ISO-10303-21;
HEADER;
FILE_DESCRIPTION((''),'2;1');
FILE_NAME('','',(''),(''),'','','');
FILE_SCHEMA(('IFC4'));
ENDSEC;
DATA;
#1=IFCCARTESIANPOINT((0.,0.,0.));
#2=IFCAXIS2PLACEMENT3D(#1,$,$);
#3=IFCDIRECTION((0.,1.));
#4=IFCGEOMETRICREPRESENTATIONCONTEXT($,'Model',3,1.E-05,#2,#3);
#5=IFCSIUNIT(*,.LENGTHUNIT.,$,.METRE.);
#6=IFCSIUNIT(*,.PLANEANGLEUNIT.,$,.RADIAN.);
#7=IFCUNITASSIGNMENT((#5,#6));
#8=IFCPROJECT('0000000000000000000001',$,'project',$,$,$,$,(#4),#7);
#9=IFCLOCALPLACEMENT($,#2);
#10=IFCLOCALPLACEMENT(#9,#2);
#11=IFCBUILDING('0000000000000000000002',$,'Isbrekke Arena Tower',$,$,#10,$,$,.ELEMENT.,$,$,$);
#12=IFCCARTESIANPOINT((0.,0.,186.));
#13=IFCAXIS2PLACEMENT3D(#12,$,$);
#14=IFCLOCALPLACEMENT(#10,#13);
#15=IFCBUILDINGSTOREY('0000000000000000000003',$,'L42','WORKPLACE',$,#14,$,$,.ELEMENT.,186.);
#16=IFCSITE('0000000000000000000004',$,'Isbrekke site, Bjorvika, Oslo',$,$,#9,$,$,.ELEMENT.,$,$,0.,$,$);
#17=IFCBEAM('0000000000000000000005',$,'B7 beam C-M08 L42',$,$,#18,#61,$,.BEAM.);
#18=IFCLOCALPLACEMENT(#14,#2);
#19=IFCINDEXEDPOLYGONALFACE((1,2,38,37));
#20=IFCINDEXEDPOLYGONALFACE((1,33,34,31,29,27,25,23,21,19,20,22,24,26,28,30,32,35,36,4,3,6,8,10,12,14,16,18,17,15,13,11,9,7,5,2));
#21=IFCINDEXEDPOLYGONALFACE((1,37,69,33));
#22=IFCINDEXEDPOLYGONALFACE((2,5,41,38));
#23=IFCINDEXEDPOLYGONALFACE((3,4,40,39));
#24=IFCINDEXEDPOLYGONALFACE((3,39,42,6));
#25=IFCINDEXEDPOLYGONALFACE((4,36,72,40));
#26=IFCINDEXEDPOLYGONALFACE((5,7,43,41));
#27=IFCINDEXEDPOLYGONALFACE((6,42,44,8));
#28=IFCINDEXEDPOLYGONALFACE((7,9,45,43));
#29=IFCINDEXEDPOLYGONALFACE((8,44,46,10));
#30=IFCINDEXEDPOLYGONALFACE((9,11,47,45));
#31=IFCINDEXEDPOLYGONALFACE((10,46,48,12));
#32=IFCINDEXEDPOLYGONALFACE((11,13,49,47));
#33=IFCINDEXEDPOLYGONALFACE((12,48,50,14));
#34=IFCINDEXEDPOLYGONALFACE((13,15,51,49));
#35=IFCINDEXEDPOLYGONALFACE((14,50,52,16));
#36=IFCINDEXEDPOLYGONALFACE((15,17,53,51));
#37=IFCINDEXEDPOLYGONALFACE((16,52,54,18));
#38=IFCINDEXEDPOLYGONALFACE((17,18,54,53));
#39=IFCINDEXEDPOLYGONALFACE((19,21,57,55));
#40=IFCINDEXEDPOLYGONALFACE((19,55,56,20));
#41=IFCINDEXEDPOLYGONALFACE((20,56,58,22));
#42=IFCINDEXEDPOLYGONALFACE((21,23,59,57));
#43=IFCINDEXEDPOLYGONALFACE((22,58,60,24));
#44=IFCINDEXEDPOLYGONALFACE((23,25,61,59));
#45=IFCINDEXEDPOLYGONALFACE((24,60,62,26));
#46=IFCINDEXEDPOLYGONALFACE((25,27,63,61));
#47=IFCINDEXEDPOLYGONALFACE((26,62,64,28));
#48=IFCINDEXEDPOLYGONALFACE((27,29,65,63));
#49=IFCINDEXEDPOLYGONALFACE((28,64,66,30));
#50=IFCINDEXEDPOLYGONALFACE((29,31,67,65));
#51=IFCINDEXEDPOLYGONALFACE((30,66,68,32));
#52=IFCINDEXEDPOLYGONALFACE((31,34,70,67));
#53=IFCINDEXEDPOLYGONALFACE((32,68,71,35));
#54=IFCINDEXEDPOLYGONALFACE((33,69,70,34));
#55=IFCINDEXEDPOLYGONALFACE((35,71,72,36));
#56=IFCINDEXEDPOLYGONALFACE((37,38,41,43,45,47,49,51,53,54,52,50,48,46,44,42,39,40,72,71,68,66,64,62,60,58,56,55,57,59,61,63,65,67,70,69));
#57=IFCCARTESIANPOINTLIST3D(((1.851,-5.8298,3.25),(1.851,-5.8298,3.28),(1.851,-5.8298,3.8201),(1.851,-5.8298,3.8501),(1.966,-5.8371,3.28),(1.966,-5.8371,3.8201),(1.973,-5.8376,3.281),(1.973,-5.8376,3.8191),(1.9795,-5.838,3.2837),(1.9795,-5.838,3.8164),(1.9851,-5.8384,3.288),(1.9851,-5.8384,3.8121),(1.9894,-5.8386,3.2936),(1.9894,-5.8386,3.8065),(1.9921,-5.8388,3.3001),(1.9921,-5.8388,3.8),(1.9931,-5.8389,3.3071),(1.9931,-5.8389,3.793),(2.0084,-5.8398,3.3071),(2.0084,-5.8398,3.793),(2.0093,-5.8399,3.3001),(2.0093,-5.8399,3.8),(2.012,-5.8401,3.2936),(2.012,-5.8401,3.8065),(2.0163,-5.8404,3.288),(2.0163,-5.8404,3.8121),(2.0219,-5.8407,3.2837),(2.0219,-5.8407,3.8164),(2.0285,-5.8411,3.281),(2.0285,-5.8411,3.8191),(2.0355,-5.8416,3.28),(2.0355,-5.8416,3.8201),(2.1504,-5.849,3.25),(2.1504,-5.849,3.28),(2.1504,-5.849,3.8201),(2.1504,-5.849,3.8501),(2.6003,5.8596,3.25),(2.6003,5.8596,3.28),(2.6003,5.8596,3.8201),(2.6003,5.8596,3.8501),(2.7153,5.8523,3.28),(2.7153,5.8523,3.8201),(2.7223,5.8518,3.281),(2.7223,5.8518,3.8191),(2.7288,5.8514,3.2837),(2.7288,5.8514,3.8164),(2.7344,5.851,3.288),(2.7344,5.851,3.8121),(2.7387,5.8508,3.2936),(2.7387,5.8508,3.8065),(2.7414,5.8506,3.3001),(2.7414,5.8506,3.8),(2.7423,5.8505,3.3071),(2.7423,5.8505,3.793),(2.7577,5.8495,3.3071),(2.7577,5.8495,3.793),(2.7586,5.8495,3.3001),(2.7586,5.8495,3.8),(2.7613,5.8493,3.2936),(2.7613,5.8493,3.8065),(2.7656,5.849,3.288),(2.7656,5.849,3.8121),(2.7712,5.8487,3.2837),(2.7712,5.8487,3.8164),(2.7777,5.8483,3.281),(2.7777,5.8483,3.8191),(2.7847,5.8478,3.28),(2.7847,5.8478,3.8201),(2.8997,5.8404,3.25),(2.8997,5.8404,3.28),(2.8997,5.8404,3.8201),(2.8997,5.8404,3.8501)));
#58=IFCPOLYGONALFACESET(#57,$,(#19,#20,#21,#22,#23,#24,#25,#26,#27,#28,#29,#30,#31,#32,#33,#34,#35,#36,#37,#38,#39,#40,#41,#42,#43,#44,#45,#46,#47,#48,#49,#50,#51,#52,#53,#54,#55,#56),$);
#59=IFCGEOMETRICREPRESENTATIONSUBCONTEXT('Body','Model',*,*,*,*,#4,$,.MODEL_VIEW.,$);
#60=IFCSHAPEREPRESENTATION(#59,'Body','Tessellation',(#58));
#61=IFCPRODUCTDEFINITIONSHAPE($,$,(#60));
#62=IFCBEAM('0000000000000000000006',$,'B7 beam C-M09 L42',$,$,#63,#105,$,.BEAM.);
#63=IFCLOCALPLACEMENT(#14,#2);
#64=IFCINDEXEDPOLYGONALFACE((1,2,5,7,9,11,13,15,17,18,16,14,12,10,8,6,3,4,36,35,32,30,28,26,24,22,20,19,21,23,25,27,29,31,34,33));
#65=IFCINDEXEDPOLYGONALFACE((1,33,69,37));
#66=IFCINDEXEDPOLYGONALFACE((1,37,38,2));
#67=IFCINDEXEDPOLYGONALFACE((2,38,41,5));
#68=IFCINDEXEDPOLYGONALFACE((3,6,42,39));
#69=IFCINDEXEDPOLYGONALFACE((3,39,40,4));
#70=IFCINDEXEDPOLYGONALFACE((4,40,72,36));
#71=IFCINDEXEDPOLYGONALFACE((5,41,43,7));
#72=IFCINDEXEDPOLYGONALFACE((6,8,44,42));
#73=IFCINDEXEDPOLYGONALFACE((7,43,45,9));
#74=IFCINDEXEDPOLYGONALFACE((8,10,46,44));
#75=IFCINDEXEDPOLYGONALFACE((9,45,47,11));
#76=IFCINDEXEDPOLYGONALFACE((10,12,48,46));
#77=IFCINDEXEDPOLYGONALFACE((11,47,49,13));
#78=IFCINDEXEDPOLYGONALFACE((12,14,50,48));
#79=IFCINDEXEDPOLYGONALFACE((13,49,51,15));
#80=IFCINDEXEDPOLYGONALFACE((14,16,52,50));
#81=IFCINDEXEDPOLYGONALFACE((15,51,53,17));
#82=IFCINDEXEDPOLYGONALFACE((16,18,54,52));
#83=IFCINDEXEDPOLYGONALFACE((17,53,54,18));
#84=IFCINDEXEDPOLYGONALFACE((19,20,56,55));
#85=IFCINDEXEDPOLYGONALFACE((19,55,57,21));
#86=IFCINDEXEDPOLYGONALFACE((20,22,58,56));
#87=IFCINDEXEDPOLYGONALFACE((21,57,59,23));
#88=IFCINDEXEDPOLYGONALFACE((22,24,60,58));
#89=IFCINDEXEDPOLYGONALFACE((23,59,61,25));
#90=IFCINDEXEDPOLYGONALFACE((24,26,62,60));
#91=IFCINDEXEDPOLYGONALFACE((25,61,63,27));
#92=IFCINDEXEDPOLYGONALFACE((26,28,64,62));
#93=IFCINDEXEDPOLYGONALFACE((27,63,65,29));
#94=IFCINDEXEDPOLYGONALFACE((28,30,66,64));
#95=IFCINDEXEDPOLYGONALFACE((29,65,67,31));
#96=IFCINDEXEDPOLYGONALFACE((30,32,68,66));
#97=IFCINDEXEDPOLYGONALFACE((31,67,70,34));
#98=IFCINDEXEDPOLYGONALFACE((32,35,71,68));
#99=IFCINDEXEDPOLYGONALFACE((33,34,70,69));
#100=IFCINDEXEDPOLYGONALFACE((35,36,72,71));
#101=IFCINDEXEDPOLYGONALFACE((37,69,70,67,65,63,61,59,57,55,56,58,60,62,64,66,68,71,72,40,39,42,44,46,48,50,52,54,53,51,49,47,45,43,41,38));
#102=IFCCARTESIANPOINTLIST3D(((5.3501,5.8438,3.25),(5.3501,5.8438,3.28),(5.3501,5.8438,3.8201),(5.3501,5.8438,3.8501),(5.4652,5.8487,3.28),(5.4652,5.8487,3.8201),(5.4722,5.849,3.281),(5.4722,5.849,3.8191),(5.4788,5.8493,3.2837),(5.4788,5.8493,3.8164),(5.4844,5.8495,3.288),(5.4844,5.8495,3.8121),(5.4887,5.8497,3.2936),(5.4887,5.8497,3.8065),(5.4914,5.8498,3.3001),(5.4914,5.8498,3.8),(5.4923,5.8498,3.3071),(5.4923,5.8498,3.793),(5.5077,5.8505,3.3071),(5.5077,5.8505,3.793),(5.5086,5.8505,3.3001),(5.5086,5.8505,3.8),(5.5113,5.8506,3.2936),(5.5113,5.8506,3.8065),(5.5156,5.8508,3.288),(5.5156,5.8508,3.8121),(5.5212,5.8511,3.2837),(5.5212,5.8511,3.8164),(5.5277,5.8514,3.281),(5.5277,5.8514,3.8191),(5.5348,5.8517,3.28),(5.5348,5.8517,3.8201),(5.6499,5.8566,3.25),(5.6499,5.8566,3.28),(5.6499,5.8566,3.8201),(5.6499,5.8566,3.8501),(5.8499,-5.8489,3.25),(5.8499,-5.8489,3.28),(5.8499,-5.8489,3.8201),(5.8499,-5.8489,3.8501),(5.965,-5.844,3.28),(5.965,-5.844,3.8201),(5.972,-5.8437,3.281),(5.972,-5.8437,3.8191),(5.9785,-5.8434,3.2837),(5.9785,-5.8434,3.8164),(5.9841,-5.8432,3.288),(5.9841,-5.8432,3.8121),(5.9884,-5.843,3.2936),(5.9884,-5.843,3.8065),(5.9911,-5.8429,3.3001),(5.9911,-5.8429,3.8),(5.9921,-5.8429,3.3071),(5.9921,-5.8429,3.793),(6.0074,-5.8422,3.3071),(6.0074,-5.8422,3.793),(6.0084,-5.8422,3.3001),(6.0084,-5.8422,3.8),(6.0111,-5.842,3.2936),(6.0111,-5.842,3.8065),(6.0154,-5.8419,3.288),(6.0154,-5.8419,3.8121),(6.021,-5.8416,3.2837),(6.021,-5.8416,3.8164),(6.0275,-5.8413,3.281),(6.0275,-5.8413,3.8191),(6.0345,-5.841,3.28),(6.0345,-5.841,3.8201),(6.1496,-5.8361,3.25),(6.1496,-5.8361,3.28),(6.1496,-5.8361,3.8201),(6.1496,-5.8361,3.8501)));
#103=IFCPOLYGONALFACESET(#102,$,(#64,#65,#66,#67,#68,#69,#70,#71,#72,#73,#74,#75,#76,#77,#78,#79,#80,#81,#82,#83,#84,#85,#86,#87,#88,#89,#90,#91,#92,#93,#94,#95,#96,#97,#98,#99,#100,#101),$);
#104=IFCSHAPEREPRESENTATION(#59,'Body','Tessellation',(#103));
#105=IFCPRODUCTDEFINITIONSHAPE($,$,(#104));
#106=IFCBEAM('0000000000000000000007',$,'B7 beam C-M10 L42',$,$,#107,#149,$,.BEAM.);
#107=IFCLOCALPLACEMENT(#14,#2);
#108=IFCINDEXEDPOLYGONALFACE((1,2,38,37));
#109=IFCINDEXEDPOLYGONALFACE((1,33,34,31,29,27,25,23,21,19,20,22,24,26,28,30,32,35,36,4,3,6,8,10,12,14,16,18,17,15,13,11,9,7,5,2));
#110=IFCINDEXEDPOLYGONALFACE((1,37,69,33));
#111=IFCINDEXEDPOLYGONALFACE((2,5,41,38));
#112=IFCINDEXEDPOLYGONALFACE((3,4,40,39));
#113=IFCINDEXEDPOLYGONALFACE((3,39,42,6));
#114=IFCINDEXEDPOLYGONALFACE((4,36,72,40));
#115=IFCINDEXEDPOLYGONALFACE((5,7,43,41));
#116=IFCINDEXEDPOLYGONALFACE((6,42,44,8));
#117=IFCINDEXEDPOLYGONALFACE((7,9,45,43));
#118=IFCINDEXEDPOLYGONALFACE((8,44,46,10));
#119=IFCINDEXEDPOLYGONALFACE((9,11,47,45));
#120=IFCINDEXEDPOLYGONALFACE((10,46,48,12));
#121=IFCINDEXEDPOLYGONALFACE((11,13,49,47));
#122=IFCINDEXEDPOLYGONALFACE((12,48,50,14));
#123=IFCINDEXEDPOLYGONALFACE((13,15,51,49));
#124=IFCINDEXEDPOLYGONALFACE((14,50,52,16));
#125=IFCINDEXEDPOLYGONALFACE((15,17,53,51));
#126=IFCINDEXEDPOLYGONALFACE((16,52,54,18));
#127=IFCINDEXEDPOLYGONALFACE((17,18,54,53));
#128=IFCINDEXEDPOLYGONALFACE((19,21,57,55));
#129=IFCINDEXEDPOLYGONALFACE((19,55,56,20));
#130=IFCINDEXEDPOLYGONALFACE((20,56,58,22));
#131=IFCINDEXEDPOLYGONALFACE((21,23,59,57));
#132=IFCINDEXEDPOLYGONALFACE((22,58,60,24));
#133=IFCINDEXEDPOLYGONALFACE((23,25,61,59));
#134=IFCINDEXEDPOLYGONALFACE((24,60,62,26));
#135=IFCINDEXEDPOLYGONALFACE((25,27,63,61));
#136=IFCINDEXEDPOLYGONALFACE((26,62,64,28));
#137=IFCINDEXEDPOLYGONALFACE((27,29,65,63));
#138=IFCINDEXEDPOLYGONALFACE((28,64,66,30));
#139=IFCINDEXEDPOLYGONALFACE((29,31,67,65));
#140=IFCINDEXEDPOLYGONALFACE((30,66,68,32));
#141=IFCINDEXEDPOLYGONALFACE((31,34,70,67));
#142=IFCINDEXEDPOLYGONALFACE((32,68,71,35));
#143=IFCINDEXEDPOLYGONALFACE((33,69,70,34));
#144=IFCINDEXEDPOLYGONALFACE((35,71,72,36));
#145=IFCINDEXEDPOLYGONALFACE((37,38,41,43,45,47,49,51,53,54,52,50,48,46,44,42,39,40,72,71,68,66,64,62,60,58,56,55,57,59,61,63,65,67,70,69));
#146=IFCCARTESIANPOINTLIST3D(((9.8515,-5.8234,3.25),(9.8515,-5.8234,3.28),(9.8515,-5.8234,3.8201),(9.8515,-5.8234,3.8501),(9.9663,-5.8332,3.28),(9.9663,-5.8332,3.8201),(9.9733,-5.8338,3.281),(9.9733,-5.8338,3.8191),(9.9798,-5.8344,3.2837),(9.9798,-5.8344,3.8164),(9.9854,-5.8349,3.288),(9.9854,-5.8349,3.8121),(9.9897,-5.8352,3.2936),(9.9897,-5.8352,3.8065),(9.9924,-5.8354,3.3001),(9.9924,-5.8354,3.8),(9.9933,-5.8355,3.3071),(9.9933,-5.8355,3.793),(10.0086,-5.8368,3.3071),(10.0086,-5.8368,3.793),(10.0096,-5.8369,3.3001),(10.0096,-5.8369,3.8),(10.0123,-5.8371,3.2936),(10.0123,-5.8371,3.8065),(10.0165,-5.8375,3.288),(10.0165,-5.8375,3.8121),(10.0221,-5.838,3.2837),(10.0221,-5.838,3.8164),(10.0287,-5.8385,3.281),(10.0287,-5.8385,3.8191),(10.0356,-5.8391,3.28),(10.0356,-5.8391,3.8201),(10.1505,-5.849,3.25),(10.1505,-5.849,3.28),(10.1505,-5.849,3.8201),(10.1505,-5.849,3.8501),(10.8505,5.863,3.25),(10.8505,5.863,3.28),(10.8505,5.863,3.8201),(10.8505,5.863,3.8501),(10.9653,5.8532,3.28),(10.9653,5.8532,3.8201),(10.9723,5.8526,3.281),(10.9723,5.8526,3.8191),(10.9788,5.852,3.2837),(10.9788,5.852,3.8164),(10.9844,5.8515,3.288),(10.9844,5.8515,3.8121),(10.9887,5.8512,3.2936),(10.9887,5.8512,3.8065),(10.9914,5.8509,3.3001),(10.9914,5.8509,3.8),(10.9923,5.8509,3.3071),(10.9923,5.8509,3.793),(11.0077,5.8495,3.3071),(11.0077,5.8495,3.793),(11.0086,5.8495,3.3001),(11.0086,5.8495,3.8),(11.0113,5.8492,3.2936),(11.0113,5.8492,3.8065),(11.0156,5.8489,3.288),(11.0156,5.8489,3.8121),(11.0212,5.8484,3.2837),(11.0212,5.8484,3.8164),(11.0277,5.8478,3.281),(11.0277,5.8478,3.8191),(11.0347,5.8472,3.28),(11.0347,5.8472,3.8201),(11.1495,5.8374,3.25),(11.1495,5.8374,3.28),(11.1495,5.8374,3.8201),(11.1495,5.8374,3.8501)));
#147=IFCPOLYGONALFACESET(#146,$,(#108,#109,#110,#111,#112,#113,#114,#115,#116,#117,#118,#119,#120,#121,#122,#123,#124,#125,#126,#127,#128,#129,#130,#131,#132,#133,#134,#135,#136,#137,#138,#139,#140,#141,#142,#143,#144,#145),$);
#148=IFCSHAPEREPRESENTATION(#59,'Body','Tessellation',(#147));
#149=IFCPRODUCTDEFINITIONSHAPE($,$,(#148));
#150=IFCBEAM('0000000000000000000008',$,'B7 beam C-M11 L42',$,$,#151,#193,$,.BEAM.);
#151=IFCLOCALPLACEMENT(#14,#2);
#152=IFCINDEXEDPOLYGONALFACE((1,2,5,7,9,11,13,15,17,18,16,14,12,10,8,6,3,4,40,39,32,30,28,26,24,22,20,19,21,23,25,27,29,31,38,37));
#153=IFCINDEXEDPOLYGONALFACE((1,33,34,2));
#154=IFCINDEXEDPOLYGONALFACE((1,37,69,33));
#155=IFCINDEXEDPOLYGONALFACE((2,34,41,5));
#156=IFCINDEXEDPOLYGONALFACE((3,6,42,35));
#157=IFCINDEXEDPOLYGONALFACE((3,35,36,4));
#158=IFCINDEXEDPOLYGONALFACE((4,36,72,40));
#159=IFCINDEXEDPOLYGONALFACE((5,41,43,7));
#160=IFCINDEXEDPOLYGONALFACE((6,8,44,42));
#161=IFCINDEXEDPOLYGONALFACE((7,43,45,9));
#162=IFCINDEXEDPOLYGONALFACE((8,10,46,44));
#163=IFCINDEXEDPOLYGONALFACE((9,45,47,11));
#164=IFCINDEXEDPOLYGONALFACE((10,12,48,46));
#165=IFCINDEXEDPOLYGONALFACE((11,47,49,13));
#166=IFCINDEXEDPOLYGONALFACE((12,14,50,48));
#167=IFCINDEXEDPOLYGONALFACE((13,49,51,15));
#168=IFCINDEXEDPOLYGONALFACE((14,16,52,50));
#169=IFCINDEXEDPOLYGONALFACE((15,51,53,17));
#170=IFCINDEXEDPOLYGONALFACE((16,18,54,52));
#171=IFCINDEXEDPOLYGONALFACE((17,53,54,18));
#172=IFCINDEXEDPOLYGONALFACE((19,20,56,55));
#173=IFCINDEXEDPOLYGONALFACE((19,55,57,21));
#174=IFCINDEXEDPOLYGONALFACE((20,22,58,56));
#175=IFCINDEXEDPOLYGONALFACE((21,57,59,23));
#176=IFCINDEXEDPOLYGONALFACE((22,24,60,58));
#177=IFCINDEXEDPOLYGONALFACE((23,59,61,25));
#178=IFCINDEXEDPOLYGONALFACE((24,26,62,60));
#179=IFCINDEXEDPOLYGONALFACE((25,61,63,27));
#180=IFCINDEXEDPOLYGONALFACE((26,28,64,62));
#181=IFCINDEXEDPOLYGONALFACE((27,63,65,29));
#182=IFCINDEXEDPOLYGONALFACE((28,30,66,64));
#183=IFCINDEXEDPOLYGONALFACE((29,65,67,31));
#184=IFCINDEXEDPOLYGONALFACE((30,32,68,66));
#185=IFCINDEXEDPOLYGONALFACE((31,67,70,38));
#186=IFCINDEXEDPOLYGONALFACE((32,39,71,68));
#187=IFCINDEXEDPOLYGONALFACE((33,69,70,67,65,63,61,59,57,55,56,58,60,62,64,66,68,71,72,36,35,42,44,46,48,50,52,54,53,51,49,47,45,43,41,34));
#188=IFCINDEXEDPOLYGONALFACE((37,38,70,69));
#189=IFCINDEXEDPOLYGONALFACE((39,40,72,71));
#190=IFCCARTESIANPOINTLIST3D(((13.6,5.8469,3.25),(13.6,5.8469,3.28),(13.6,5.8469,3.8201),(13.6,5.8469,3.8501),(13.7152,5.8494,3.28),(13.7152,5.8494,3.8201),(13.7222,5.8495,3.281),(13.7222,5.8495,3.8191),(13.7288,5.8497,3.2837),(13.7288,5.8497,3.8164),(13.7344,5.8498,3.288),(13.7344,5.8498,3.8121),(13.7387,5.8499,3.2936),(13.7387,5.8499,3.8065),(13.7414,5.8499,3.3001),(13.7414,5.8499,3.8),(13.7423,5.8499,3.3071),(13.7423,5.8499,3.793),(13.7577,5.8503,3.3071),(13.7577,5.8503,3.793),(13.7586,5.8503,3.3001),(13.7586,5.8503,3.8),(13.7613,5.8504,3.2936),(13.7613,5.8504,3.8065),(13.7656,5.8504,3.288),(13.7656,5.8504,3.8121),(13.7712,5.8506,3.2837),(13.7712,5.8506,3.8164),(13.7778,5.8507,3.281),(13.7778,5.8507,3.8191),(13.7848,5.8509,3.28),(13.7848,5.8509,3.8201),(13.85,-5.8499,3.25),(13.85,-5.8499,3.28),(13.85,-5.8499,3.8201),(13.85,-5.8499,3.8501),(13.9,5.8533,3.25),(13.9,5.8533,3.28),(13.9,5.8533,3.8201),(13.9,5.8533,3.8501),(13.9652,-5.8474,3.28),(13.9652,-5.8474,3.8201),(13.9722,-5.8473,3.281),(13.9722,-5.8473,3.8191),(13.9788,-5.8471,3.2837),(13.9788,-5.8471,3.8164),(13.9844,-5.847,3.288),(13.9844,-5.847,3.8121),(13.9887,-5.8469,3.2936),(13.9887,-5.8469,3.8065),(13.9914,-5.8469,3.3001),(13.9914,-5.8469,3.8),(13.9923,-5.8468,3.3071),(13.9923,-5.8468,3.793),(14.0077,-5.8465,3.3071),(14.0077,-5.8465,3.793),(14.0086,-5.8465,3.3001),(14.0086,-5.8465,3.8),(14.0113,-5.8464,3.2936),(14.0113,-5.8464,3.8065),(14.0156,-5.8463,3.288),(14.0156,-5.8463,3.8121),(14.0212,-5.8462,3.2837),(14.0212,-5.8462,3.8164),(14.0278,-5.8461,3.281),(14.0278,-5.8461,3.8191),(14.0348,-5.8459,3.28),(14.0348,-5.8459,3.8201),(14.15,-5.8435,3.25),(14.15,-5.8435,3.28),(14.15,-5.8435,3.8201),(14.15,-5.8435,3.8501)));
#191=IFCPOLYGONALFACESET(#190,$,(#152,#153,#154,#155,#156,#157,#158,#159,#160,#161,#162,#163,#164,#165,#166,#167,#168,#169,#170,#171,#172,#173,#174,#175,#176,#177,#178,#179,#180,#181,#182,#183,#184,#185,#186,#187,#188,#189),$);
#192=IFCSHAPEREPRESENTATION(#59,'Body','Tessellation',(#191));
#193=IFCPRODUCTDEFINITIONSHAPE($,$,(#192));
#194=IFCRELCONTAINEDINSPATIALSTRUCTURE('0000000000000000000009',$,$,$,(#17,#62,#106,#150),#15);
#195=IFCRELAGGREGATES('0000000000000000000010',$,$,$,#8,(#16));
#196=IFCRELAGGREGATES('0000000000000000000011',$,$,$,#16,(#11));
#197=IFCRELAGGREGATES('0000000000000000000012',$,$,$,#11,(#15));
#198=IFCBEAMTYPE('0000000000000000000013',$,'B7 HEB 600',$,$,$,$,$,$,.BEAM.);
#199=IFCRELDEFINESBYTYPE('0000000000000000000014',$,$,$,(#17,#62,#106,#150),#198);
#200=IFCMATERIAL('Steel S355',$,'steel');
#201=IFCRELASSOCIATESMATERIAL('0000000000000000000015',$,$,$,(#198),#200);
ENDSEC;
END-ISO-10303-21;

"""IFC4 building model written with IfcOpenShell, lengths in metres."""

from ifc_helpers import new_model, si_unit, direction, frame, origin, origin_2d, place, context, subcontext, project, spatial, i_section, extrude, material, material_profile, profile_set, type_object, element, save


model = new_model("IFC4")

# Units and contexts
model_context = context("Model", 3, precision=1e-05, world=origin(), true_north=direction((0.0, 1.0)))
body_context = subcontext(model_context, "Body", "Model", "MODEL_VIEW")
ifc_project = project(units=[si_unit("LENGTHUNIT", "METRE"), si_unit("PLANEANGLEUNIT", "RADIAN")], contexts=[model_context])

# Site, building, storey
site_placement = place(None, origin())
site = spatial("IfcSite", under=ifc_project, at=site_placement, Name="Isbrekke site, Bjorvika, Oslo", CompositionType="ELEMENT", RefElevation=0.0)
building_placement = place(site_placement, origin())
building = spatial("IfcBuilding", under=site, at=building_placement, Name="Isbrekke Arena Tower", CompositionType="ELEMENT")
storey_placement = place(building_placement, frame((0.0, 0.0, 186.0)))
storey = spatial("IfcBuildingStorey", under=building, at=storey_placement, Name="L42", Description="WORKPLACE", CompositionType="ELEMENT", Elevation=186.0)

# Beams
ifc_material_1 = material(Name="Steel S355", Category="steel")
ifc_material_profile_1 = material_profile(ifc_material_1, i_section(OverallWidth=0.3, OverallDepth=0.6001, WebThickness=0.0154, FlangeThickness=0.03, FilletRadius=0.0271, at=origin_2d()), Name="HEB 600")
ifc_profile_set_1 = profile_set([ifc_material_profile_1], Name="Steel S355")
beam_type_1 = type_object("IfcBeamType", Name="B7 HEB 600", PredefinedType="BEAM", material=ifc_profile_set_1)
beam_1_placement = place(storey_placement, frame((2.0007, -5.8394, 3.55), z_axis=(0.063966, 0.997952, 0.0), x_axis=(-0.997952, 0.063966, 0.0)))
element("IfcBeam", 1, at=beam_1_placement, inside=storey, type_object=beam_type_1, Name="B7 beam C-M08 L42", PredefinedType="BEAM", context=body_context, shape_type="SweptSolid", body=[
    extrude(i_section(OverallWidth=0.3, OverallDepth=0.6001, WebThickness=0.0154, FlangeThickness=0.03, FilletRadius=0.0271, at=origin_2d()), origin(), (0.0, 0.0, 1.0), 11.7134),
])
beam_2_placement = place(storey_placement, frame((5.9998, -5.8425, 3.55), z_axis=(-0.042702, 0.999088, 0.0), x_axis=(-0.999088, -0.042702, 0.0)))
element("IfcBeam", 2, at=beam_2_placement, inside=storey, type_object=beam_type_1, Name="B7 beam C-M09 L42", PredefinedType="BEAM", context=body_context, shape_type="SweptSolid", body=[
    extrude(i_section(OverallWidth=0.3, OverallDepth=0.6001, WebThickness=0.0154, FlangeThickness=0.03, FilletRadius=0.0271, at=origin_2d()), origin(), (0.0, 0.0, 1.0), 11.7034),
])
beam_3_placement = place(storey_placement, frame((10.001, -5.8362, 3.55), z_axis=(0.085176, 0.996366, 0.0), x_axis=(-0.996366, 0.085176, 0.0)))
element("IfcBeam", 3, at=beam_3_placement, inside=storey, type_object=beam_type_1, Name="B7 beam C-M10 L42", PredefinedType="BEAM", context=body_context, shape_type="SweptSolid", body=[
    extrude(i_section(OverallWidth=0.3, OverallDepth=0.6001, WebThickness=0.0154, FlangeThickness=0.03, FilletRadius=0.0271, at=origin_2d()), origin(), (0.0, 0.0, 1.0), 11.729),
])
beam_4_placement = place(storey_placement, frame((14.0, -5.8467, 3.55), z_axis=(-0.021369, 0.999772, 0.0), x_axis=(-0.999772, -0.021369, 0.0)))
element("IfcBeam", 4, at=beam_4_placement, inside=storey, type_object=beam_type_1, Name="B7 beam C-M11 L42", PredefinedType="BEAM", context=body_context, shape_type="SweptSolid", body=[
    extrude(i_section(OverallWidth=0.3, OverallDepth=0.6001, WebThickness=0.0154, FlangeThickness=0.03, FilletRadius=0.0271, at=origin_2d()), origin(), (0.0, 0.0, 1.0), 11.6995),
])

save(model, "model.ifc")
